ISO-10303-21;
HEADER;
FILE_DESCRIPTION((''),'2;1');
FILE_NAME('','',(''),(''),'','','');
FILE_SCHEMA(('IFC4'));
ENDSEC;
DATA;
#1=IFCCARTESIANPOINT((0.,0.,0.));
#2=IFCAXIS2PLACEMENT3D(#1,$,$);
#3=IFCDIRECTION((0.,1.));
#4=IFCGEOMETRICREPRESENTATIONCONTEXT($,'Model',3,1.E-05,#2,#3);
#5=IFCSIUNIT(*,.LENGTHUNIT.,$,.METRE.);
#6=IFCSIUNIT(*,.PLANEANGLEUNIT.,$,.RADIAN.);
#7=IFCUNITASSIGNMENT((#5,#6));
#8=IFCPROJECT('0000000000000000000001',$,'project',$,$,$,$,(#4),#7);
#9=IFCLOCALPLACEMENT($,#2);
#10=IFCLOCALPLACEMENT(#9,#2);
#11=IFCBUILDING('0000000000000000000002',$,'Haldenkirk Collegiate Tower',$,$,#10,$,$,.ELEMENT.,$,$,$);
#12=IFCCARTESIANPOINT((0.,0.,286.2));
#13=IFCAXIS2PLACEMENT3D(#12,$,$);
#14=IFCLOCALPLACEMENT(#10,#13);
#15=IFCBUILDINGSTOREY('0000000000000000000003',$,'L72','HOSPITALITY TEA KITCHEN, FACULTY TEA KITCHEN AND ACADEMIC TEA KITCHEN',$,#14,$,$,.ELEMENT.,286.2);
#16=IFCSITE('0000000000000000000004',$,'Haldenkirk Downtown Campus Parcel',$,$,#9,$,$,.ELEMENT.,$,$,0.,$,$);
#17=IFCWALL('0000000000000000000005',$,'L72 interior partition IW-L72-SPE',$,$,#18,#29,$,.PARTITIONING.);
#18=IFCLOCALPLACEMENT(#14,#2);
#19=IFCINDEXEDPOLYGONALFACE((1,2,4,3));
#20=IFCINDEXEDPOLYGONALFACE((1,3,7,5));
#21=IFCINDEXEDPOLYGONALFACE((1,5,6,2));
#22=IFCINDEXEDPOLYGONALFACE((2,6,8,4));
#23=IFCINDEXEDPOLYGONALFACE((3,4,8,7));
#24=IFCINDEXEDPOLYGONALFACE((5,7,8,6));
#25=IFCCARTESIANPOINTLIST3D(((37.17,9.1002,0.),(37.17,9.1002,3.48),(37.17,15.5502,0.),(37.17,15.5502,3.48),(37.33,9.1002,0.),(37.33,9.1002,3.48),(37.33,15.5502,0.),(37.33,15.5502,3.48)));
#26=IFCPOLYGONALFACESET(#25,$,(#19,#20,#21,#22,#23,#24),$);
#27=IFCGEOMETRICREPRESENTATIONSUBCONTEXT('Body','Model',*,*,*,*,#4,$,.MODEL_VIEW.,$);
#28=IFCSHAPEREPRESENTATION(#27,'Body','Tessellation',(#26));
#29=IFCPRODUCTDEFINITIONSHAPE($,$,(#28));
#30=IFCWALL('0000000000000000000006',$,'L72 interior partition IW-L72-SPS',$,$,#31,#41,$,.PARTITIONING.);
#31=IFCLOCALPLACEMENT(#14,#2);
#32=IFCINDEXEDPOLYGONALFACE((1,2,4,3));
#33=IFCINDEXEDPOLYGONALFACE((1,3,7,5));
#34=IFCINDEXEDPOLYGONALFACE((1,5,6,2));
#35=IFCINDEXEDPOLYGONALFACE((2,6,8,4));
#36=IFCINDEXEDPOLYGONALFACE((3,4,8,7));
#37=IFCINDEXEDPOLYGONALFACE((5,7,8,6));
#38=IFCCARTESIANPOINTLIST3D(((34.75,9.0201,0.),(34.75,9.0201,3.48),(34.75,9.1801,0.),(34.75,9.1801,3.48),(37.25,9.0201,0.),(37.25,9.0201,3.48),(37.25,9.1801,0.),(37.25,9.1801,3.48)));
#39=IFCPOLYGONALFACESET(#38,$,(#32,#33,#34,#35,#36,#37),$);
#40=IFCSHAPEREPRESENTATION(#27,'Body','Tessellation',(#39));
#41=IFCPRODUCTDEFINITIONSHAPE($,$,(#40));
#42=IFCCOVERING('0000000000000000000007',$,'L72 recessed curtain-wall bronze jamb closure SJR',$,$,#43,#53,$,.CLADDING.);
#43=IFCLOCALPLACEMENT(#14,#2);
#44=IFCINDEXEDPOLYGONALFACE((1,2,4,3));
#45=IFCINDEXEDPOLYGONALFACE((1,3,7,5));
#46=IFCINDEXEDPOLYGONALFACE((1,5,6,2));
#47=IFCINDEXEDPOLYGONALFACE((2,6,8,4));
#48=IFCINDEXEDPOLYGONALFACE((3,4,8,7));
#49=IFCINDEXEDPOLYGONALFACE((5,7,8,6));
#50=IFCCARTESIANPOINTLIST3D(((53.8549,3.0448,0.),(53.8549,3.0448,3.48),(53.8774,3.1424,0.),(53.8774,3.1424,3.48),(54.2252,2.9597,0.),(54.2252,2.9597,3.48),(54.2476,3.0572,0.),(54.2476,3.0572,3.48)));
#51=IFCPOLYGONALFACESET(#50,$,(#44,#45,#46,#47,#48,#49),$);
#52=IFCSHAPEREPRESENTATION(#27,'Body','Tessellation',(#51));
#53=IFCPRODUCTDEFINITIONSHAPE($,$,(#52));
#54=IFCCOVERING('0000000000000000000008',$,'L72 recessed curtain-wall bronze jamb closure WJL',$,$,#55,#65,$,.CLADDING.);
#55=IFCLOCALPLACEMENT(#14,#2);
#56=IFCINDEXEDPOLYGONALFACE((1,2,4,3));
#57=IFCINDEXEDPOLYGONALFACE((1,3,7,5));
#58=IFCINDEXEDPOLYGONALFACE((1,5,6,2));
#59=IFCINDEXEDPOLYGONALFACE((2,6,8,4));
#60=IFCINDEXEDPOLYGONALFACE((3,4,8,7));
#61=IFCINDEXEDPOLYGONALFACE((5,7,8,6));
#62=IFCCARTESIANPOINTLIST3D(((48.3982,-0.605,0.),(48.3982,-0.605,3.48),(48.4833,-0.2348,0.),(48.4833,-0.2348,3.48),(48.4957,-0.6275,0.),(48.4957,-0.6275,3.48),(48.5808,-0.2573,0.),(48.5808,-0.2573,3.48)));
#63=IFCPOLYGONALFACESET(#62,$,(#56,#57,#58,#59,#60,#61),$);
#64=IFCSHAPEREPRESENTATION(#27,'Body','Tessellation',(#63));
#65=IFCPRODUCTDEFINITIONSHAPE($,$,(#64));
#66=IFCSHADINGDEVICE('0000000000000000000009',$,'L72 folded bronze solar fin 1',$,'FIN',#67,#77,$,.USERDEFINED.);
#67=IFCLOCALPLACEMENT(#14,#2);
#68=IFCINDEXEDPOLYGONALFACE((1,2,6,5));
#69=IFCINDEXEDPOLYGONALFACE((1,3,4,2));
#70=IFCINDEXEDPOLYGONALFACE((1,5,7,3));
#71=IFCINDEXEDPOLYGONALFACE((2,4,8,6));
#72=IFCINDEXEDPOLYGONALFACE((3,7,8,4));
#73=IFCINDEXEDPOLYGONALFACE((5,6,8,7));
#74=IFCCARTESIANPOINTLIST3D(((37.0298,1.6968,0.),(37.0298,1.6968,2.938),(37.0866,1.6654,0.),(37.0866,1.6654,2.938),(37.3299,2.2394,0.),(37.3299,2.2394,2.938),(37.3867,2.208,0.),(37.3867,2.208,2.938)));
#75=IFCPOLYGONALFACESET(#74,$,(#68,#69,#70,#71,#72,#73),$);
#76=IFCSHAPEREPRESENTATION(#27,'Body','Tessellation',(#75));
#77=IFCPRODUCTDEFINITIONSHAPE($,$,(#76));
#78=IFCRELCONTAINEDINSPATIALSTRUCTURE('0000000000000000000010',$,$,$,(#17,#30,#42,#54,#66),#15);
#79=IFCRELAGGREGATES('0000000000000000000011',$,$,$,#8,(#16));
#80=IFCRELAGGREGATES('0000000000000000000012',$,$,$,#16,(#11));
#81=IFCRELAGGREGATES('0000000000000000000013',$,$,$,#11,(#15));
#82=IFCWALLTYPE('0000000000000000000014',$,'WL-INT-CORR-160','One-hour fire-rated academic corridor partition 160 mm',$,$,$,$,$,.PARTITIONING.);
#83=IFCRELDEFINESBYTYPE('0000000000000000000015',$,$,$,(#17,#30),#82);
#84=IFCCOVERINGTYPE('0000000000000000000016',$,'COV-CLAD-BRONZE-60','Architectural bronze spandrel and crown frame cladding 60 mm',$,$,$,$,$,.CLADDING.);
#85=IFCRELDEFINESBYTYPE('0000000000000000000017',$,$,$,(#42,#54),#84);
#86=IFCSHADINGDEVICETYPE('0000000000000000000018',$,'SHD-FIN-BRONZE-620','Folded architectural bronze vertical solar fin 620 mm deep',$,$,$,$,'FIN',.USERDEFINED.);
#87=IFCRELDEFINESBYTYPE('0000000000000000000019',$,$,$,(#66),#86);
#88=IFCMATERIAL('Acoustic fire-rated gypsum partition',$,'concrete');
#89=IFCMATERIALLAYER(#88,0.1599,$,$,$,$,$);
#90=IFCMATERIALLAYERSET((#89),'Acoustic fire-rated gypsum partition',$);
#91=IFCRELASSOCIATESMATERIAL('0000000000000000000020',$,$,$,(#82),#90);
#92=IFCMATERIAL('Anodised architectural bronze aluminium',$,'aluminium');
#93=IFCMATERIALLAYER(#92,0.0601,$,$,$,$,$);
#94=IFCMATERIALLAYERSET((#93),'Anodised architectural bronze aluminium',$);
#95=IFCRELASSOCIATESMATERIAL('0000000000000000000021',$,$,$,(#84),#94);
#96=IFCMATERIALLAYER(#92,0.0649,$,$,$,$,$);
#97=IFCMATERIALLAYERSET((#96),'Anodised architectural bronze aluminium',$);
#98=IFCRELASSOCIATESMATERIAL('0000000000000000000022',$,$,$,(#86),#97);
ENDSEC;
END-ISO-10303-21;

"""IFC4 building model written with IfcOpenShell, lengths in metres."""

from ifc_helpers import new_model, si_unit, direction, frame, frame_2d, origin, origin_2d, place, context, subcontext, project, spatial, rectangle, extrude, source, transform, mapped, material, layer, layer_set, type_object, element, save


model = new_model("IFC4")

# Units and contexts
model_context = context("Model", 3, precision=1e-05, world=origin(), true_north=direction((0.0, 1.0)))
body_context = subcontext(model_context, "Body", "Model", "MODEL_VIEW")
ifc_project = project(units=[si_unit("LENGTHUNIT", "METRE"), si_unit("PLANEANGLEUNIT", "RADIAN")], contexts=[model_context])

# Site, building, storey
site_placement = place(None, origin())
site = spatial("IfcSite", under=ifc_project, at=site_placement, Name="Haldenkirk Downtown Campus Parcel", CompositionType="ELEMENT", RefElevation=0.0)
building_placement = place(site_placement, origin())
building = spatial("IfcBuilding", under=site, at=building_placement, Name="Haldenkirk Collegiate Tower", CompositionType="ELEMENT")
storey_placement = place(building_placement, frame((0.0, 0.0, 286.2)))
storey = spatial("IfcBuildingStorey", under=building, at=storey_placement, Name="L72", Description="HOSPITALITY TEA KITCHEN, FACULTY TEA KITCHEN AND ACADEMIC TEA KITCHEN", CompositionType="ELEMENT", Elevation=286.2)

# Shared definitions
ifc_material_1 = material(Name="Anodised architectural bronze aluminium", Category="aluminium")

# Walls
ifc_material_2 = material(Name="Acoustic fire-rated gypsum partition", Category="concrete")
ifc_layer_1 = layer(ifc_material_2, 0.1599)
ifc_layer_set_1 = layer_set([ifc_layer_1], Name="Acoustic fire-rated gypsum partition")
wall_type_1 = type_object("IfcWallType", Name="WL-INT-CORR-160", Description="One-hour fire-rated academic corridor partition 160 mm", PredefinedType="PARTITIONING", material=ifc_layer_set_1)
for number, where, z_axis, x_axis, name in (
    (1, (37.25, 9.1001, 0.0), (0.0, 0.0, 1.0), (0.0, 1.0, 0.0), "L72 interior partition IW-L72-SPE"),
):
    element("IfcWall", number, at=place(storey_placement, frame(where, z_axis=z_axis, x_axis=x_axis)), inside=storey, type_object=wall_type_1, Name=name, PredefinedType="PARTITIONING", context=body_context, shape_type="SweptSolid", body=[
        extrude(rectangle(XDim=6.45, YDim=0.1599, at=frame_2d((3.2251, 0.0))), origin(), (0.0, 0.0, 1.0), 3.48),
    ])
wall_1_placement = place(storey_placement, frame((34.75, 9.1001, 0.0), z_axis=(0.0, 0.0, 1.0), x_axis=(1.0, 0.0, 0.0)))
element("IfcWall", 2, at=wall_1_placement, inside=storey, type_object=wall_type_1, Name="L72 interior partition IW-L72-SPS", PredefinedType="PARTITIONING", context=body_context, shape_type="SweptSolid", body=[
    extrude(rectangle(XDim=2.5, YDim=0.1599, at=frame_2d((1.25, 0.0))), origin(), (0.0, 0.0, 1.0), 3.48),
])

# Coverings
ifc_layer_2 = layer(ifc_material_1, 0.0601)
ifc_layer_set_2 = layer_set([ifc_layer_2], Name="Anodised architectural bronze aluminium")
covering_type = type_object("IfcCoveringType", Name="COV-CLAD-BRONZE-60", Description="Architectural bronze spandrel and crown frame cladding 60 mm", PredefinedType="CLADDING", material=ifc_layer_set_2)
shared_shape_1 = source(origin(), body_context, "Body", "SweptSolid", [
    extrude(rectangle(XDim=0.1001, YDim=0.3799, at=origin_2d()), origin(), (0.0, 0.0, 1.0), 3.48),
])
for number, where, z_axis, x_axis, name in (
    (3, (54.0513, 3.051, 0.0), (0.0, 0.0, 1.0), (-0.224101, -0.974566, 0.0), "L72 recessed curtain-wall bronze jamb closure SJR"),
    (4, (48.4895, -0.4312, 0.0), (0.0, 0.0, 1.0), (-0.974566, 0.224101, 0.0), "L72 recessed curtain-wall bronze jamb closure WJL"),
):
    element("IfcCovering", number, at=place(storey_placement, frame(where, z_axis=z_axis, x_axis=x_axis)), inside=storey, type_object=covering_type, Name=name, PredefinedType="CLADDING", context=body_context, shape_type="MappedRepresentation", body=[
        mapped(shared_shape_1, transform((0.0, 0.0, 0.0), x_axis=(1.0, 0.0, 0.0), y_axis=(0.0, 1.0, 0.0), z_axis=(0.0, 0.0, 1.0), scale=1.0)),
    ])

# Shading device
ifc_layer_3 = layer(ifc_material_1, 0.0649)
ifc_layer_set_3 = layer_set([ifc_layer_3], Name="Anodised architectural bronze aluminium")
shading_device_type = type_object("IfcShadingDeviceType", Name="SHD-FIN-BRONZE-620", Description="Folded architectural bronze vertical solar fin 620 mm deep", ElementType="FIN", PredefinedType="USERDEFINED", material=ifc_layer_set_3)
shared_shape_2 = source(origin(), body_context, "Body", "SweptSolid", [
    extrude(rectangle(XDim=0.6201, YDim=0.0649, at=origin_2d()), origin(), (0.0, 0.0, 1.0), 2.938),
])
shading_device_placement = place(storey_placement, frame((37.2083, 1.9524, 0.0), z_axis=(0.0, 0.0, 1.0), x_axis=(-0.484046, -0.875042, 0.0)))
element("IfcShadingDevice", 5, at=shading_device_placement, inside=storey, type_object=shading_device_type, Name="L72 folded bronze solar fin 1", ObjectType="FIN", PredefinedType="USERDEFINED", context=body_context, shape_type="MappedRepresentation", body=[
    mapped(shared_shape_2, transform((0.0, 0.0, 0.0), x_axis=(1.0, 0.0, 0.0), y_axis=(0.0, 1.0, 0.0), z_axis=(0.0, 0.0, 1.0), scale=1.0)),
])

save(model, "model.ifc")
